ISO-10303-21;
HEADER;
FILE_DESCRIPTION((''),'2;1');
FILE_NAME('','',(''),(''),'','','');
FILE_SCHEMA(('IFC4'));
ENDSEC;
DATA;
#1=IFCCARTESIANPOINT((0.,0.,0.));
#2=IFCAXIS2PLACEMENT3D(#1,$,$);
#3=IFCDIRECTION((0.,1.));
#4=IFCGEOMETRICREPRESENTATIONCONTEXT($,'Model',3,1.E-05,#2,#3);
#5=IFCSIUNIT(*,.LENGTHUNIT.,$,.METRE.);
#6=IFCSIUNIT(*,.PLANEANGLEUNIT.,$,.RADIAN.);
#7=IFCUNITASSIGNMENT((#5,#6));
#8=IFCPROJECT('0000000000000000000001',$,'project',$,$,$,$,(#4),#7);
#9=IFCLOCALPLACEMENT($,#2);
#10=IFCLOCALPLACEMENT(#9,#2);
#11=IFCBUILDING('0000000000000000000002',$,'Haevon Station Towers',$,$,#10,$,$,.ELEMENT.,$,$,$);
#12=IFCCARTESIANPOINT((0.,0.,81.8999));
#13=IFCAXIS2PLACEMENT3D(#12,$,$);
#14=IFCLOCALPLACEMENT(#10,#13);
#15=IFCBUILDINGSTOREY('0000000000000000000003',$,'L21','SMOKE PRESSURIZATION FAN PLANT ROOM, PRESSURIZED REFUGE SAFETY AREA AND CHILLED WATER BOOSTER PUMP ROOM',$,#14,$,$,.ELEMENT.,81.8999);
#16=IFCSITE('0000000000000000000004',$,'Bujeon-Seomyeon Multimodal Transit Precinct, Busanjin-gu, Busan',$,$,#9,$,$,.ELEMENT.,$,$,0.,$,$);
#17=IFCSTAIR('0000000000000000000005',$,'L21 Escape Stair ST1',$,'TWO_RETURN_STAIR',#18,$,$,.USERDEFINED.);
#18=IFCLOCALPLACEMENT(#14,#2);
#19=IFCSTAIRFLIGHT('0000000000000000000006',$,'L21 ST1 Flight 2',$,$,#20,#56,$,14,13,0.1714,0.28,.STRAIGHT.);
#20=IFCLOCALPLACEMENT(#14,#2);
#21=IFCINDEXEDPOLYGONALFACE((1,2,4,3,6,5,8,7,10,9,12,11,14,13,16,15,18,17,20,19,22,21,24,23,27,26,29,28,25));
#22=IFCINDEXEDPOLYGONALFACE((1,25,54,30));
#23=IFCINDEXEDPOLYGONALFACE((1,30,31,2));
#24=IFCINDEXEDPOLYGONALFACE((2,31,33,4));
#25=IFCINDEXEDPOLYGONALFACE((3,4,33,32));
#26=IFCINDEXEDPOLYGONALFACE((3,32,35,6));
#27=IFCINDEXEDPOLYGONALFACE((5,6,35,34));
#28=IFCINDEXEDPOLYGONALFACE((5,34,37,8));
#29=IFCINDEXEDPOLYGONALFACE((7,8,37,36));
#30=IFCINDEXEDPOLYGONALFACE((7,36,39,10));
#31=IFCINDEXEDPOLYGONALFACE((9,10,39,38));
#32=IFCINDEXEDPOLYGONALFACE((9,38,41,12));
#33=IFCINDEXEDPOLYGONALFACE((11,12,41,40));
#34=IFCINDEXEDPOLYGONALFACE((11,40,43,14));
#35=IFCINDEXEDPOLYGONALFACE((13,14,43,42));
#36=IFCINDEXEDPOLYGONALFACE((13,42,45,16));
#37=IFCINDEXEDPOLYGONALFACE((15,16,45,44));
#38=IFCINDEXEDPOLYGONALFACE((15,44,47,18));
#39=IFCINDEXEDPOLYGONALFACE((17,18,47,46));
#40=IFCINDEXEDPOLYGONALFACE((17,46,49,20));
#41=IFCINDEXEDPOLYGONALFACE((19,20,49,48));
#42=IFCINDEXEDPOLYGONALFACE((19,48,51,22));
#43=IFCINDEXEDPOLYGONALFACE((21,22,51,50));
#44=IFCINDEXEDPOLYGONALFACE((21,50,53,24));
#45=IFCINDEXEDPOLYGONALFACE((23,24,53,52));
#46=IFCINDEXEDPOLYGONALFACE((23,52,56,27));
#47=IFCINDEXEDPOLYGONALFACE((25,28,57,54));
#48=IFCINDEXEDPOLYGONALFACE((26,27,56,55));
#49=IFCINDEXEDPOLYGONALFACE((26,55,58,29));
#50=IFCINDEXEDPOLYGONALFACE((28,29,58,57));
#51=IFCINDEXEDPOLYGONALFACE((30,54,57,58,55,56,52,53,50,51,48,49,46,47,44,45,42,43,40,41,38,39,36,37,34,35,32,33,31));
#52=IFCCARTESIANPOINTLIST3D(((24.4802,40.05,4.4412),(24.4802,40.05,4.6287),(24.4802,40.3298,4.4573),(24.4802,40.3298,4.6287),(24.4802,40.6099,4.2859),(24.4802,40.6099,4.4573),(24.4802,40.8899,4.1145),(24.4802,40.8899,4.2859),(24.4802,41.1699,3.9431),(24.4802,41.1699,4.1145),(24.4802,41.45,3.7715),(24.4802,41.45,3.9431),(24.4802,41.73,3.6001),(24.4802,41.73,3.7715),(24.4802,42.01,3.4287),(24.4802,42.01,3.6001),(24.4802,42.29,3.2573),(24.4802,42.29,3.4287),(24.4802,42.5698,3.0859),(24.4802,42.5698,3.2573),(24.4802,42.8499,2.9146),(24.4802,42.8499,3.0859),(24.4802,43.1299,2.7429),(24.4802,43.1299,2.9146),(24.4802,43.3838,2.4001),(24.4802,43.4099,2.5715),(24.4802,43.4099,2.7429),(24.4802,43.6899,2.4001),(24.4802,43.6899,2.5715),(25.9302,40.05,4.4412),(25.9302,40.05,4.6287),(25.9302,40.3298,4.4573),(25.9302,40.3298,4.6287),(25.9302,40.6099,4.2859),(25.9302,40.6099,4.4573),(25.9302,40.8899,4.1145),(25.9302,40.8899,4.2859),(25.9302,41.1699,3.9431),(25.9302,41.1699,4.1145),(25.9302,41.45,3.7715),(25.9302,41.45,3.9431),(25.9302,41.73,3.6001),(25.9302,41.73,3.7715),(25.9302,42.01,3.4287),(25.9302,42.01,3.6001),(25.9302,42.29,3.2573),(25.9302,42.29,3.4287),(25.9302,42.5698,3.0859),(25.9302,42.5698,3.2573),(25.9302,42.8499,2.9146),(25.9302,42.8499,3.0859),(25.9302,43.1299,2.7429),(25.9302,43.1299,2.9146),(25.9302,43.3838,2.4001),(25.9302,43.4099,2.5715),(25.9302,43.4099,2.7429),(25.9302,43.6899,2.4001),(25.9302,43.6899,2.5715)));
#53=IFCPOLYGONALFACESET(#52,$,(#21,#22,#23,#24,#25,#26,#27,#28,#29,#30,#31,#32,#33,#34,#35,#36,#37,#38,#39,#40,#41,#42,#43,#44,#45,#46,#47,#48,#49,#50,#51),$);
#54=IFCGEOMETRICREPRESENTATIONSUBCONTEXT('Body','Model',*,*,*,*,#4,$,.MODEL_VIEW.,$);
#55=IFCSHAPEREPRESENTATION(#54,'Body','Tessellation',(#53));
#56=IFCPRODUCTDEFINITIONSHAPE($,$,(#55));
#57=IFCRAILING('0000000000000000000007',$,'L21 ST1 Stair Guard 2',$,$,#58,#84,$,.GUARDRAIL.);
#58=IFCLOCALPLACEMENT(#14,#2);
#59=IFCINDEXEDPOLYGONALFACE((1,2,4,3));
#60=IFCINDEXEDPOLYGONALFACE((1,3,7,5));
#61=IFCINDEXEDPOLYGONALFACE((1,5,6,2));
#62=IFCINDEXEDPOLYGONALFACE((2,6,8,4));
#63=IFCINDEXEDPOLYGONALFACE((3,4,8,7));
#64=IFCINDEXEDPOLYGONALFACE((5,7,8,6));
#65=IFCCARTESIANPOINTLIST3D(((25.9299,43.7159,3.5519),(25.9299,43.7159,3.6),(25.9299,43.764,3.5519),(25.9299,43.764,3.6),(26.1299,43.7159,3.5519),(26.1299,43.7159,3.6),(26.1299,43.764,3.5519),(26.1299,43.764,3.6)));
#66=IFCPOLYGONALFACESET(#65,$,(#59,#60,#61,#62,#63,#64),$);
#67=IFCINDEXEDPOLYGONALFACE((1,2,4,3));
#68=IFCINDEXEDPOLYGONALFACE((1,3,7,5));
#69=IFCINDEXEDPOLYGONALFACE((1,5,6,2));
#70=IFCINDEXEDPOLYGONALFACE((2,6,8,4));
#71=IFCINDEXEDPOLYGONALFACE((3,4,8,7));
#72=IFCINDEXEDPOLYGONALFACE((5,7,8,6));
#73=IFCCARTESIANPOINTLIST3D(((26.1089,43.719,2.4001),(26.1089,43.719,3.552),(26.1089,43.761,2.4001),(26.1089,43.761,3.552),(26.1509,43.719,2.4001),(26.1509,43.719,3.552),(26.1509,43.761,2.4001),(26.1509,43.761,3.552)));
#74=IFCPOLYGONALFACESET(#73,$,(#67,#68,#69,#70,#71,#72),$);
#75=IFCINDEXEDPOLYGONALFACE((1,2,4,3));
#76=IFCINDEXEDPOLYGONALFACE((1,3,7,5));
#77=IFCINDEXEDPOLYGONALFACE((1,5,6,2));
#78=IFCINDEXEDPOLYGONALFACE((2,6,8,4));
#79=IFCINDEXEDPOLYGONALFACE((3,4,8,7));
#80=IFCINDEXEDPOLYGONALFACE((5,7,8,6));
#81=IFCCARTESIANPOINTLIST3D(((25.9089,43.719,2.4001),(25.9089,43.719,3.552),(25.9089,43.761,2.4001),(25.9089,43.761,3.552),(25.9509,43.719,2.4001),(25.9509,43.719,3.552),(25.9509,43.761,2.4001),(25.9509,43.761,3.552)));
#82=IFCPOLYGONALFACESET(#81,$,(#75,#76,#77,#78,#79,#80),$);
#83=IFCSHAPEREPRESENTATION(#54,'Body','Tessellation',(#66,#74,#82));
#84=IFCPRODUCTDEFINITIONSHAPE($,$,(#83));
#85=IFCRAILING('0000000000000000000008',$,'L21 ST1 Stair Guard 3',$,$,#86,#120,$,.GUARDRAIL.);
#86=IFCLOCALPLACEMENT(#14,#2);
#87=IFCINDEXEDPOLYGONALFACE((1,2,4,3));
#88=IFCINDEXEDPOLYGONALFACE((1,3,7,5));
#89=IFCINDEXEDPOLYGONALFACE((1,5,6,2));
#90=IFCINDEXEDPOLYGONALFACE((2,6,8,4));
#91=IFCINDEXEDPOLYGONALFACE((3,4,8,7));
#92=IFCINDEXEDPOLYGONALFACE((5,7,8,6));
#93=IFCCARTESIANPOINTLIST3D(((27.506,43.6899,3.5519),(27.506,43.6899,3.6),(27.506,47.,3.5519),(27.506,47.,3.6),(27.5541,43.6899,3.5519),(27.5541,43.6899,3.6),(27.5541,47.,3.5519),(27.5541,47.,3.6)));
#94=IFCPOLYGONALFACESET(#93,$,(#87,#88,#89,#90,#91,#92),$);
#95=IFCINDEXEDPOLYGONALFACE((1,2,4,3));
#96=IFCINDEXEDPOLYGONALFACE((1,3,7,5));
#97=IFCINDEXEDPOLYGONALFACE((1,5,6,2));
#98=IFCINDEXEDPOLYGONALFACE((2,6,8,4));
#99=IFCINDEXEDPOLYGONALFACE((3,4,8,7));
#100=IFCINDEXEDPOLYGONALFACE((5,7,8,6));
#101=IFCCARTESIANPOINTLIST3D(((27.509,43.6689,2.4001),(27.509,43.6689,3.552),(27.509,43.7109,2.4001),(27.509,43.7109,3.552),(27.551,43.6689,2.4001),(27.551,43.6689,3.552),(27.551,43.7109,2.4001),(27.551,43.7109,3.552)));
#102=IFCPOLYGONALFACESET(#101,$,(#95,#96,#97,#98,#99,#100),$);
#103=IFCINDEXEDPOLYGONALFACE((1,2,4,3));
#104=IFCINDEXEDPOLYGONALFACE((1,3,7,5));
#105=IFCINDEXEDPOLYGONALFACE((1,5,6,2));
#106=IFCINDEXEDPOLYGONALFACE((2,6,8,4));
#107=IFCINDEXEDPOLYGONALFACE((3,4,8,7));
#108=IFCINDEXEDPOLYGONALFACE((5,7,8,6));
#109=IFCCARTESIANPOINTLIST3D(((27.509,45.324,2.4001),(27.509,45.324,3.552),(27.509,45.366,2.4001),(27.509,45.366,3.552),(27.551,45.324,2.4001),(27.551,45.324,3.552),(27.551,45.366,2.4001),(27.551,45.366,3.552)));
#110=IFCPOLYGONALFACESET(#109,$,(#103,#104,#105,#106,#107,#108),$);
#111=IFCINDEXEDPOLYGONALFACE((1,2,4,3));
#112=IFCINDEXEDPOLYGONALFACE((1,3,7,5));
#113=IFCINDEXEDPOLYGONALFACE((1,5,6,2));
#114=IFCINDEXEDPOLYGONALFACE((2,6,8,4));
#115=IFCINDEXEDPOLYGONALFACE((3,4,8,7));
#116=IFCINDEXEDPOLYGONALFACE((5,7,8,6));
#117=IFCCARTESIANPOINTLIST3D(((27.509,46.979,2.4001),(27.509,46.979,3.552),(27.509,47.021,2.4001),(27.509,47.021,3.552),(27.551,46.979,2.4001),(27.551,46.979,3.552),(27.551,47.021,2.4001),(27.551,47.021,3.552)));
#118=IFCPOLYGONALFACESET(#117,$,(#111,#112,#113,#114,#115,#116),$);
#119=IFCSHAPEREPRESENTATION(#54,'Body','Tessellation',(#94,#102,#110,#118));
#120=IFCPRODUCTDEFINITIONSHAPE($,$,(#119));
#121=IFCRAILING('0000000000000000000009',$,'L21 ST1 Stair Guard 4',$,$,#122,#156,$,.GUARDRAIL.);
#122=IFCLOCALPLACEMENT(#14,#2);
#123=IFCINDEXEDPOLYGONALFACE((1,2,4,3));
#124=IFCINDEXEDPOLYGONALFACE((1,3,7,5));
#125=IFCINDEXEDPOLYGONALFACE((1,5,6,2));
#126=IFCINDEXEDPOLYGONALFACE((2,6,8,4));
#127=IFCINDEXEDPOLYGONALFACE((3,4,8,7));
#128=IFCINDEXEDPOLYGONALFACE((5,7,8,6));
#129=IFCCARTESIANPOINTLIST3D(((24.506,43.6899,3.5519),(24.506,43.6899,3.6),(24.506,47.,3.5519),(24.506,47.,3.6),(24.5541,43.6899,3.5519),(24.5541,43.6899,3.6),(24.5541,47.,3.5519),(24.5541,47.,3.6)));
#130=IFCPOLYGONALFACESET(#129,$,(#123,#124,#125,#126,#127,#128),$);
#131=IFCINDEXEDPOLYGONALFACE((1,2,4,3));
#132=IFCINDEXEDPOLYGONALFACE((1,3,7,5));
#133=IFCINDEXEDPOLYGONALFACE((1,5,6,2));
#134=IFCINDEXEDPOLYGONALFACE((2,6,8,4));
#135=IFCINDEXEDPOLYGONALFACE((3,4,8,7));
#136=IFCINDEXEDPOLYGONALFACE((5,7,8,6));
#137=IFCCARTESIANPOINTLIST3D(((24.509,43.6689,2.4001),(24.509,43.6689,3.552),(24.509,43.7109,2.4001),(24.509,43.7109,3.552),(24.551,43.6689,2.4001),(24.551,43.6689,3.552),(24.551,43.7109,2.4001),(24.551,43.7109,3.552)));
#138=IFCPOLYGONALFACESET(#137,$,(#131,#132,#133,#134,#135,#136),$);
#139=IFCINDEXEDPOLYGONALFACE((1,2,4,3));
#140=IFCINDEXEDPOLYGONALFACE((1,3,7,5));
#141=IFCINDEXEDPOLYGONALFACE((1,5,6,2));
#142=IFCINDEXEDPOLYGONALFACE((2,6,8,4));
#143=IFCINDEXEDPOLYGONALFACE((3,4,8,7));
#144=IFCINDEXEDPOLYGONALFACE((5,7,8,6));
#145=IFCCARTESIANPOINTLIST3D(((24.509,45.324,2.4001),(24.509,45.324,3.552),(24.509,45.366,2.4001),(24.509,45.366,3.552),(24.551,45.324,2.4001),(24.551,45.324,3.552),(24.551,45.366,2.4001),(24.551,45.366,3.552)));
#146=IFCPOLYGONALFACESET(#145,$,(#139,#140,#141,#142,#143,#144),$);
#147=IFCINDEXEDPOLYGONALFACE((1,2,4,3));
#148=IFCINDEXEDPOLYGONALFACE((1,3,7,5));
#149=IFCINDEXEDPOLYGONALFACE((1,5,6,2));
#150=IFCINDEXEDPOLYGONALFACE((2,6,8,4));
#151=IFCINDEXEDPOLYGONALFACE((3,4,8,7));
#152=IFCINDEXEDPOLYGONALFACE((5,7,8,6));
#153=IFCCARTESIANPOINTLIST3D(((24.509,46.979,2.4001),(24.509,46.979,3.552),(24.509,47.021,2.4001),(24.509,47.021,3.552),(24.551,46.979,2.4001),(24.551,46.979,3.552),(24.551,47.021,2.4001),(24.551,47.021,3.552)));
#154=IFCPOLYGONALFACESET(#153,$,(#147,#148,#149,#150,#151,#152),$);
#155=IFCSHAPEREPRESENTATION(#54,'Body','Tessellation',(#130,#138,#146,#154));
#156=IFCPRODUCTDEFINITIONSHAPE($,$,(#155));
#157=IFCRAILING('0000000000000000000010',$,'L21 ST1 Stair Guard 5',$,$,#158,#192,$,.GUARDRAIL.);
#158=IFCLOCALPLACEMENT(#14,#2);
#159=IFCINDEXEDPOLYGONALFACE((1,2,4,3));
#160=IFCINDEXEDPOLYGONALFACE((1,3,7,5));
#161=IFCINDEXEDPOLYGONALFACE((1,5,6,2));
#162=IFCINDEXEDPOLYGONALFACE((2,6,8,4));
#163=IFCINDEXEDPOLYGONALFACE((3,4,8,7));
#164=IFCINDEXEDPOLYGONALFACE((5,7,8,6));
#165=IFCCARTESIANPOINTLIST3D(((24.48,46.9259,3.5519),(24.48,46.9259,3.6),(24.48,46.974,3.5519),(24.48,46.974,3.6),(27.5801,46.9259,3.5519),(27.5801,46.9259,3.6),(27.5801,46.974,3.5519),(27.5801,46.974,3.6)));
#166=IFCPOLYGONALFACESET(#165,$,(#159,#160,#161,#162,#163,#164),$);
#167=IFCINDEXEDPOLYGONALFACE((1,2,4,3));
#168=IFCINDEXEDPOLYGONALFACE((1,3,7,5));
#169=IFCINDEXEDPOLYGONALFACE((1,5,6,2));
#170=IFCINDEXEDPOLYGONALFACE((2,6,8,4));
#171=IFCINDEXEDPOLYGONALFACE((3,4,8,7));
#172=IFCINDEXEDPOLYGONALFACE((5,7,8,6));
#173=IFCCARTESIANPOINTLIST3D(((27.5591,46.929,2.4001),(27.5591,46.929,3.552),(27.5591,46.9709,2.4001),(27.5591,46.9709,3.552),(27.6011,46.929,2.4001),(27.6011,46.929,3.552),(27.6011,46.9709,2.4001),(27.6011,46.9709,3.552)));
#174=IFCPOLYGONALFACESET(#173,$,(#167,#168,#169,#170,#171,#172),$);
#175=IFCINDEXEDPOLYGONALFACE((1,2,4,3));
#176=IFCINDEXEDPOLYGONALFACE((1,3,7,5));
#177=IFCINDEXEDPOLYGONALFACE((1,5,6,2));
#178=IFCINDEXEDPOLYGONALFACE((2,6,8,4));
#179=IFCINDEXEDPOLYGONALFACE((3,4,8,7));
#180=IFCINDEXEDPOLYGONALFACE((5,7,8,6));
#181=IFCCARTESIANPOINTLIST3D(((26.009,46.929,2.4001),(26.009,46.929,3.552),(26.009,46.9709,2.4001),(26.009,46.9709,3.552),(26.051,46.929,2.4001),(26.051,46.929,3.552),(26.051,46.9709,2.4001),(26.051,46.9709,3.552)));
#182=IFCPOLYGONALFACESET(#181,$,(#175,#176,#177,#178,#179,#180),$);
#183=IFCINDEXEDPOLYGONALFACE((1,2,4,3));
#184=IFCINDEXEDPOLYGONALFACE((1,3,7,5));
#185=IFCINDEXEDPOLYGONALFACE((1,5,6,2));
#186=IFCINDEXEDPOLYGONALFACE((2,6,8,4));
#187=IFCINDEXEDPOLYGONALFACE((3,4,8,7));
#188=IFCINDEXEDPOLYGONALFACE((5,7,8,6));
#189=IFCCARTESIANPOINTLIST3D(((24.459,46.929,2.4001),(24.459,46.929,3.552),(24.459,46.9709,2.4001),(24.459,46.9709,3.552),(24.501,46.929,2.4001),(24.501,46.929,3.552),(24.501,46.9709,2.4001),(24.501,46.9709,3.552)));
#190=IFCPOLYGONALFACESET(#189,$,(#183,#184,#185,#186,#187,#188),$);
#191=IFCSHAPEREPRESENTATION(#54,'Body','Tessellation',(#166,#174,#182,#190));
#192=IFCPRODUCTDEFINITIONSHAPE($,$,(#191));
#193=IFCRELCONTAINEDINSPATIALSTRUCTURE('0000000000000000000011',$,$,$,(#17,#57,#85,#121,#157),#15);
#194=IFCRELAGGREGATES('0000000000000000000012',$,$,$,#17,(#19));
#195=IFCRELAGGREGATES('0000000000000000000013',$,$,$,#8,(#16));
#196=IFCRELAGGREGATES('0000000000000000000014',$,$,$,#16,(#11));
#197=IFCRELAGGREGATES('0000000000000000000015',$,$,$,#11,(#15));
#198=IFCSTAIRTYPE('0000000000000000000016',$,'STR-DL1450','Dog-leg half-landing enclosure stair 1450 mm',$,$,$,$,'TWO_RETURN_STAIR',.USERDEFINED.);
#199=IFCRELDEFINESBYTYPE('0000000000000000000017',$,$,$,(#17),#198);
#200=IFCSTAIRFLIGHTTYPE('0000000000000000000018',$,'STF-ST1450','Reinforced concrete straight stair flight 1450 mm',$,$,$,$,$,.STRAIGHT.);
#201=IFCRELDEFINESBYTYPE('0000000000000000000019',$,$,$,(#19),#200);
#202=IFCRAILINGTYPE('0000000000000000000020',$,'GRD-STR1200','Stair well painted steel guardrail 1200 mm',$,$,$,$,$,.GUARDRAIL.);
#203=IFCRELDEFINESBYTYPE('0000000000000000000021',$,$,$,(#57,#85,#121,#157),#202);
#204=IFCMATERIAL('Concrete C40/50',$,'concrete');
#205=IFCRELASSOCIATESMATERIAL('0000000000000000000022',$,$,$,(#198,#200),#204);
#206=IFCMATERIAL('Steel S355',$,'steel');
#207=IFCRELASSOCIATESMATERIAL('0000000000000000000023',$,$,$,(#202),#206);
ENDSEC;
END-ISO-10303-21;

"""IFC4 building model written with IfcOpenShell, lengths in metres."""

from ifc_helpers import new_model, si_unit, direction, frame, origin, origin_2d, place, context, subcontext, project, spatial, polyline, rectangle, outline, extrude, material, type_object, element, aggregate, save


model = new_model("IFC4")

# Units and contexts
model_context = context("Model", 3, precision=1e-05, world=origin(), true_north=direction((0.0, 1.0)))
body_context = subcontext(model_context, "Body", "Model", "MODEL_VIEW")
ifc_project = project(units=[si_unit("LENGTHUNIT", "METRE"), si_unit("PLANEANGLEUNIT", "RADIAN")], contexts=[model_context])

# Site, building, storey
site_placement = place(None, origin())
site = spatial("IfcSite", under=ifc_project, at=site_placement, Name="Bujeon-Seomyeon Multimodal Transit Precinct, Busanjin-gu, Busan", CompositionType="ELEMENT", RefElevation=0.0)
building_placement = place(site_placement, origin())
building = spatial("IfcBuilding", under=site, at=building_placement, Name="Haevon Station Towers", CompositionType="ELEMENT")
storey_placement = place(building_placement, frame((0.0, 0.0, 81.8999)))
storey = spatial("IfcBuildingStorey", under=building, at=storey_placement, Name="L21", Description="SMOKE PRESSURIZATION FAN PLANT ROOM, PRESSURIZED REFUGE SAFETY AREA AND CHILLED WATER BOOSTER PUMP ROOM", CompositionType="ELEMENT", Elevation=81.8999)

# Shared definitions
ifc_material_1 = material(Name="Steel S355", Category="steel")

# Shared definitions
ifc_material_2 = material(Name="Concrete C40/50", Category="concrete")

# Stair, stair flight
stair_type = type_object("IfcStairType", Name="STR-DL1450", Description="Dog-leg half-landing enclosure stair 1450 mm", ElementType="TWO_RETURN_STAIR", PredefinedType="USERDEFINED", material=ifc_material_2)
stair_placement = place(storey_placement, origin())
stair = element("IfcStair", 1, at=stair_placement, inside=storey, type_object=stair_type, Name="L21 Escape Stair ST1", ObjectType="TWO_RETURN_STAIR", PredefinedType="USERDEFINED")
stair_flight_type = type_object("IfcStairFlightType", Name="STF-ST1450", Description="Reinforced concrete straight stair flight 1450 mm", PredefinedType="STRAIGHT", material=ifc_material_2)
stair_flight_1_placement = place(storey_placement, frame((25.2051, 43.6899, 2.4001), z_axis=(0.0, 0.0, 1.0), x_axis=(0.0, -1.0, 0.0)))
stair_flight_1 = element("IfcStairFlight", 2, at=stair_flight_1_placement, type_object=stair_flight_type, Name="L21 ST1 Flight 2", NumberOfRisers=14, NumberOfTreads=13, PredefinedType="STRAIGHT", RiserHeight=0.1714, TreadLength=0.28, context=body_context, shape_type="SweptSolid", body=[
    extrude(outline(polyline([(0.0, 0.0), (0.0, 0.1714), (0.28, 0.1714), (0.28, 0.3428), (0.5601, 0.3428), (0.5601, 0.5144), (0.8401, 0.5144), (0.8401, 0.6858), (1.1201, 0.6858), (1.1201, 0.8572), (1.3999, 0.8572), (1.3999, 1.0286), (1.6799, 1.0286), (1.6799, 1.2), (1.96, 1.2), (1.96, 1.3713), (2.24, 1.3713), (2.24, 1.543), (2.52, 1.543), (2.52, 1.7144), (2.8, 1.7144), (2.8, 1.8857), (3.0801, 1.8857), (3.0801, 2.0571), (3.3601, 2.0571), (3.3601, 2.2285), (3.6399, 2.2285), (3.6399, 2.3999), (3.6399, 2.041), (0.3062, 0.0), (0.0, 0.0)])), frame((0.0, 0.7251, 0.0), z_axis=(0.0, -1.0, 0.0), x_axis=(1.0, 0.0, 0.0)), (0.0, 0.0, 1.0), 1.45),
])
aggregate(stair, [stair_flight_1])

# Railings
railing_type_1 = type_object("IfcRailingType", Name="GRD-STR1200", Description="Stair well painted steel guardrail 1200 mm", PredefinedType="GUARDRAIL", material=ifc_material_1)
railing_1_placement = place(storey_placement, frame((26.1299, 43.74, 2.4001)))
element("IfcRailing", 3, at=railing_1_placement, inside=storey, type_object=railing_type_1, Name="L21 ST1 Stair Guard 2", PredefinedType="GUARDRAIL", context=body_context, shape_type="SweptSolid", body=[
    extrude(rectangle(XDim=0.0481, YDim=0.0481, at=origin_2d()), frame((0.0, 0.0, 1.1758), z_axis=(-1.0, 0.0, 0.0), x_axis=(0.0, -1.0, 0.0)), (0.0, 0.0, 1.0), 0.2),
    extrude(rectangle(XDim=0.042, YDim=0.042, at=origin_2d()), origin(), (0.0, 0.0, 1.0), 1.1519),
    extrude(rectangle(XDim=0.042, YDim=0.042, at=origin_2d()), frame((-0.2, 0.0, 0.0)), (0.0, 0.0, 1.0), 1.1519),
])
for number, where, name in (
    (4, (27.53, 43.6899, 2.4001), "L21 ST1 Stair Guard 3"),
    (5, (24.53, 43.6899, 2.4001), "L21 ST1 Stair Guard 4"),
):
    element("IfcRailing", number, at=place(storey_placement, frame(where)), inside=storey, type_object=railing_type_1, Name=name, PredefinedType="GUARDRAIL", context=body_context, shape_type="SweptSolid", body=[
        extrude(rectangle(XDim=0.0481, YDim=0.0481, at=origin_2d()), frame((0.0, 0.0, 1.1758), z_axis=(0.0, 1.0, 0.0), x_axis=(-1.0, 0.0, 0.0)), (0.0, 0.0, 1.0), 3.3101),
        extrude(rectangle(XDim=0.042, YDim=0.042, at=origin_2d()), origin(), (0.0, 0.0, 1.0), 1.1519),
        extrude(rectangle(XDim=0.042, YDim=0.042, at=origin_2d()), frame((0.0, 1.655, 0.0)), (0.0, 0.0, 1.0), 1.1519),
        extrude(rectangle(XDim=0.042, YDim=0.042, at=origin_2d()), frame((0.0, 3.3101, 0.0)), (0.0, 0.0, 1.0), 1.1519),
    ])
railing_2_placement = place(storey_placement, frame((27.5801, 46.95, 2.4001)))
element("IfcRailing", 6, at=railing_2_placement, inside=storey, type_object=railing_type_1, Name="L21 ST1 Stair Guard 5", PredefinedType="GUARDRAIL", context=body_context, shape_type="SweptSolid", body=[
    extrude(rectangle(XDim=0.0481, YDim=0.0481, at=origin_2d()), frame((0.0, 0.0, 1.1758), z_axis=(-1.0, 0.0, 0.0), x_axis=(0.0, -1.0, 0.0)), (0.0, 0.0, 1.0), 3.1001),
    extrude(rectangle(XDim=0.042, YDim=0.042, at=origin_2d()), origin(), (0.0, 0.0, 1.0), 1.1519),
    extrude(rectangle(XDim=0.042, YDim=0.042, at=origin_2d()), frame((-1.55, 0.0, 0.0)), (0.0, 0.0, 1.0), 1.1519),
    extrude(rectangle(XDim=0.042, YDim=0.042, at=origin_2d()), frame((-3.1001, 0.0, 0.0)), (0.0, 0.0, 1.0), 1.1519),
])

save(model, "model.ifc")
